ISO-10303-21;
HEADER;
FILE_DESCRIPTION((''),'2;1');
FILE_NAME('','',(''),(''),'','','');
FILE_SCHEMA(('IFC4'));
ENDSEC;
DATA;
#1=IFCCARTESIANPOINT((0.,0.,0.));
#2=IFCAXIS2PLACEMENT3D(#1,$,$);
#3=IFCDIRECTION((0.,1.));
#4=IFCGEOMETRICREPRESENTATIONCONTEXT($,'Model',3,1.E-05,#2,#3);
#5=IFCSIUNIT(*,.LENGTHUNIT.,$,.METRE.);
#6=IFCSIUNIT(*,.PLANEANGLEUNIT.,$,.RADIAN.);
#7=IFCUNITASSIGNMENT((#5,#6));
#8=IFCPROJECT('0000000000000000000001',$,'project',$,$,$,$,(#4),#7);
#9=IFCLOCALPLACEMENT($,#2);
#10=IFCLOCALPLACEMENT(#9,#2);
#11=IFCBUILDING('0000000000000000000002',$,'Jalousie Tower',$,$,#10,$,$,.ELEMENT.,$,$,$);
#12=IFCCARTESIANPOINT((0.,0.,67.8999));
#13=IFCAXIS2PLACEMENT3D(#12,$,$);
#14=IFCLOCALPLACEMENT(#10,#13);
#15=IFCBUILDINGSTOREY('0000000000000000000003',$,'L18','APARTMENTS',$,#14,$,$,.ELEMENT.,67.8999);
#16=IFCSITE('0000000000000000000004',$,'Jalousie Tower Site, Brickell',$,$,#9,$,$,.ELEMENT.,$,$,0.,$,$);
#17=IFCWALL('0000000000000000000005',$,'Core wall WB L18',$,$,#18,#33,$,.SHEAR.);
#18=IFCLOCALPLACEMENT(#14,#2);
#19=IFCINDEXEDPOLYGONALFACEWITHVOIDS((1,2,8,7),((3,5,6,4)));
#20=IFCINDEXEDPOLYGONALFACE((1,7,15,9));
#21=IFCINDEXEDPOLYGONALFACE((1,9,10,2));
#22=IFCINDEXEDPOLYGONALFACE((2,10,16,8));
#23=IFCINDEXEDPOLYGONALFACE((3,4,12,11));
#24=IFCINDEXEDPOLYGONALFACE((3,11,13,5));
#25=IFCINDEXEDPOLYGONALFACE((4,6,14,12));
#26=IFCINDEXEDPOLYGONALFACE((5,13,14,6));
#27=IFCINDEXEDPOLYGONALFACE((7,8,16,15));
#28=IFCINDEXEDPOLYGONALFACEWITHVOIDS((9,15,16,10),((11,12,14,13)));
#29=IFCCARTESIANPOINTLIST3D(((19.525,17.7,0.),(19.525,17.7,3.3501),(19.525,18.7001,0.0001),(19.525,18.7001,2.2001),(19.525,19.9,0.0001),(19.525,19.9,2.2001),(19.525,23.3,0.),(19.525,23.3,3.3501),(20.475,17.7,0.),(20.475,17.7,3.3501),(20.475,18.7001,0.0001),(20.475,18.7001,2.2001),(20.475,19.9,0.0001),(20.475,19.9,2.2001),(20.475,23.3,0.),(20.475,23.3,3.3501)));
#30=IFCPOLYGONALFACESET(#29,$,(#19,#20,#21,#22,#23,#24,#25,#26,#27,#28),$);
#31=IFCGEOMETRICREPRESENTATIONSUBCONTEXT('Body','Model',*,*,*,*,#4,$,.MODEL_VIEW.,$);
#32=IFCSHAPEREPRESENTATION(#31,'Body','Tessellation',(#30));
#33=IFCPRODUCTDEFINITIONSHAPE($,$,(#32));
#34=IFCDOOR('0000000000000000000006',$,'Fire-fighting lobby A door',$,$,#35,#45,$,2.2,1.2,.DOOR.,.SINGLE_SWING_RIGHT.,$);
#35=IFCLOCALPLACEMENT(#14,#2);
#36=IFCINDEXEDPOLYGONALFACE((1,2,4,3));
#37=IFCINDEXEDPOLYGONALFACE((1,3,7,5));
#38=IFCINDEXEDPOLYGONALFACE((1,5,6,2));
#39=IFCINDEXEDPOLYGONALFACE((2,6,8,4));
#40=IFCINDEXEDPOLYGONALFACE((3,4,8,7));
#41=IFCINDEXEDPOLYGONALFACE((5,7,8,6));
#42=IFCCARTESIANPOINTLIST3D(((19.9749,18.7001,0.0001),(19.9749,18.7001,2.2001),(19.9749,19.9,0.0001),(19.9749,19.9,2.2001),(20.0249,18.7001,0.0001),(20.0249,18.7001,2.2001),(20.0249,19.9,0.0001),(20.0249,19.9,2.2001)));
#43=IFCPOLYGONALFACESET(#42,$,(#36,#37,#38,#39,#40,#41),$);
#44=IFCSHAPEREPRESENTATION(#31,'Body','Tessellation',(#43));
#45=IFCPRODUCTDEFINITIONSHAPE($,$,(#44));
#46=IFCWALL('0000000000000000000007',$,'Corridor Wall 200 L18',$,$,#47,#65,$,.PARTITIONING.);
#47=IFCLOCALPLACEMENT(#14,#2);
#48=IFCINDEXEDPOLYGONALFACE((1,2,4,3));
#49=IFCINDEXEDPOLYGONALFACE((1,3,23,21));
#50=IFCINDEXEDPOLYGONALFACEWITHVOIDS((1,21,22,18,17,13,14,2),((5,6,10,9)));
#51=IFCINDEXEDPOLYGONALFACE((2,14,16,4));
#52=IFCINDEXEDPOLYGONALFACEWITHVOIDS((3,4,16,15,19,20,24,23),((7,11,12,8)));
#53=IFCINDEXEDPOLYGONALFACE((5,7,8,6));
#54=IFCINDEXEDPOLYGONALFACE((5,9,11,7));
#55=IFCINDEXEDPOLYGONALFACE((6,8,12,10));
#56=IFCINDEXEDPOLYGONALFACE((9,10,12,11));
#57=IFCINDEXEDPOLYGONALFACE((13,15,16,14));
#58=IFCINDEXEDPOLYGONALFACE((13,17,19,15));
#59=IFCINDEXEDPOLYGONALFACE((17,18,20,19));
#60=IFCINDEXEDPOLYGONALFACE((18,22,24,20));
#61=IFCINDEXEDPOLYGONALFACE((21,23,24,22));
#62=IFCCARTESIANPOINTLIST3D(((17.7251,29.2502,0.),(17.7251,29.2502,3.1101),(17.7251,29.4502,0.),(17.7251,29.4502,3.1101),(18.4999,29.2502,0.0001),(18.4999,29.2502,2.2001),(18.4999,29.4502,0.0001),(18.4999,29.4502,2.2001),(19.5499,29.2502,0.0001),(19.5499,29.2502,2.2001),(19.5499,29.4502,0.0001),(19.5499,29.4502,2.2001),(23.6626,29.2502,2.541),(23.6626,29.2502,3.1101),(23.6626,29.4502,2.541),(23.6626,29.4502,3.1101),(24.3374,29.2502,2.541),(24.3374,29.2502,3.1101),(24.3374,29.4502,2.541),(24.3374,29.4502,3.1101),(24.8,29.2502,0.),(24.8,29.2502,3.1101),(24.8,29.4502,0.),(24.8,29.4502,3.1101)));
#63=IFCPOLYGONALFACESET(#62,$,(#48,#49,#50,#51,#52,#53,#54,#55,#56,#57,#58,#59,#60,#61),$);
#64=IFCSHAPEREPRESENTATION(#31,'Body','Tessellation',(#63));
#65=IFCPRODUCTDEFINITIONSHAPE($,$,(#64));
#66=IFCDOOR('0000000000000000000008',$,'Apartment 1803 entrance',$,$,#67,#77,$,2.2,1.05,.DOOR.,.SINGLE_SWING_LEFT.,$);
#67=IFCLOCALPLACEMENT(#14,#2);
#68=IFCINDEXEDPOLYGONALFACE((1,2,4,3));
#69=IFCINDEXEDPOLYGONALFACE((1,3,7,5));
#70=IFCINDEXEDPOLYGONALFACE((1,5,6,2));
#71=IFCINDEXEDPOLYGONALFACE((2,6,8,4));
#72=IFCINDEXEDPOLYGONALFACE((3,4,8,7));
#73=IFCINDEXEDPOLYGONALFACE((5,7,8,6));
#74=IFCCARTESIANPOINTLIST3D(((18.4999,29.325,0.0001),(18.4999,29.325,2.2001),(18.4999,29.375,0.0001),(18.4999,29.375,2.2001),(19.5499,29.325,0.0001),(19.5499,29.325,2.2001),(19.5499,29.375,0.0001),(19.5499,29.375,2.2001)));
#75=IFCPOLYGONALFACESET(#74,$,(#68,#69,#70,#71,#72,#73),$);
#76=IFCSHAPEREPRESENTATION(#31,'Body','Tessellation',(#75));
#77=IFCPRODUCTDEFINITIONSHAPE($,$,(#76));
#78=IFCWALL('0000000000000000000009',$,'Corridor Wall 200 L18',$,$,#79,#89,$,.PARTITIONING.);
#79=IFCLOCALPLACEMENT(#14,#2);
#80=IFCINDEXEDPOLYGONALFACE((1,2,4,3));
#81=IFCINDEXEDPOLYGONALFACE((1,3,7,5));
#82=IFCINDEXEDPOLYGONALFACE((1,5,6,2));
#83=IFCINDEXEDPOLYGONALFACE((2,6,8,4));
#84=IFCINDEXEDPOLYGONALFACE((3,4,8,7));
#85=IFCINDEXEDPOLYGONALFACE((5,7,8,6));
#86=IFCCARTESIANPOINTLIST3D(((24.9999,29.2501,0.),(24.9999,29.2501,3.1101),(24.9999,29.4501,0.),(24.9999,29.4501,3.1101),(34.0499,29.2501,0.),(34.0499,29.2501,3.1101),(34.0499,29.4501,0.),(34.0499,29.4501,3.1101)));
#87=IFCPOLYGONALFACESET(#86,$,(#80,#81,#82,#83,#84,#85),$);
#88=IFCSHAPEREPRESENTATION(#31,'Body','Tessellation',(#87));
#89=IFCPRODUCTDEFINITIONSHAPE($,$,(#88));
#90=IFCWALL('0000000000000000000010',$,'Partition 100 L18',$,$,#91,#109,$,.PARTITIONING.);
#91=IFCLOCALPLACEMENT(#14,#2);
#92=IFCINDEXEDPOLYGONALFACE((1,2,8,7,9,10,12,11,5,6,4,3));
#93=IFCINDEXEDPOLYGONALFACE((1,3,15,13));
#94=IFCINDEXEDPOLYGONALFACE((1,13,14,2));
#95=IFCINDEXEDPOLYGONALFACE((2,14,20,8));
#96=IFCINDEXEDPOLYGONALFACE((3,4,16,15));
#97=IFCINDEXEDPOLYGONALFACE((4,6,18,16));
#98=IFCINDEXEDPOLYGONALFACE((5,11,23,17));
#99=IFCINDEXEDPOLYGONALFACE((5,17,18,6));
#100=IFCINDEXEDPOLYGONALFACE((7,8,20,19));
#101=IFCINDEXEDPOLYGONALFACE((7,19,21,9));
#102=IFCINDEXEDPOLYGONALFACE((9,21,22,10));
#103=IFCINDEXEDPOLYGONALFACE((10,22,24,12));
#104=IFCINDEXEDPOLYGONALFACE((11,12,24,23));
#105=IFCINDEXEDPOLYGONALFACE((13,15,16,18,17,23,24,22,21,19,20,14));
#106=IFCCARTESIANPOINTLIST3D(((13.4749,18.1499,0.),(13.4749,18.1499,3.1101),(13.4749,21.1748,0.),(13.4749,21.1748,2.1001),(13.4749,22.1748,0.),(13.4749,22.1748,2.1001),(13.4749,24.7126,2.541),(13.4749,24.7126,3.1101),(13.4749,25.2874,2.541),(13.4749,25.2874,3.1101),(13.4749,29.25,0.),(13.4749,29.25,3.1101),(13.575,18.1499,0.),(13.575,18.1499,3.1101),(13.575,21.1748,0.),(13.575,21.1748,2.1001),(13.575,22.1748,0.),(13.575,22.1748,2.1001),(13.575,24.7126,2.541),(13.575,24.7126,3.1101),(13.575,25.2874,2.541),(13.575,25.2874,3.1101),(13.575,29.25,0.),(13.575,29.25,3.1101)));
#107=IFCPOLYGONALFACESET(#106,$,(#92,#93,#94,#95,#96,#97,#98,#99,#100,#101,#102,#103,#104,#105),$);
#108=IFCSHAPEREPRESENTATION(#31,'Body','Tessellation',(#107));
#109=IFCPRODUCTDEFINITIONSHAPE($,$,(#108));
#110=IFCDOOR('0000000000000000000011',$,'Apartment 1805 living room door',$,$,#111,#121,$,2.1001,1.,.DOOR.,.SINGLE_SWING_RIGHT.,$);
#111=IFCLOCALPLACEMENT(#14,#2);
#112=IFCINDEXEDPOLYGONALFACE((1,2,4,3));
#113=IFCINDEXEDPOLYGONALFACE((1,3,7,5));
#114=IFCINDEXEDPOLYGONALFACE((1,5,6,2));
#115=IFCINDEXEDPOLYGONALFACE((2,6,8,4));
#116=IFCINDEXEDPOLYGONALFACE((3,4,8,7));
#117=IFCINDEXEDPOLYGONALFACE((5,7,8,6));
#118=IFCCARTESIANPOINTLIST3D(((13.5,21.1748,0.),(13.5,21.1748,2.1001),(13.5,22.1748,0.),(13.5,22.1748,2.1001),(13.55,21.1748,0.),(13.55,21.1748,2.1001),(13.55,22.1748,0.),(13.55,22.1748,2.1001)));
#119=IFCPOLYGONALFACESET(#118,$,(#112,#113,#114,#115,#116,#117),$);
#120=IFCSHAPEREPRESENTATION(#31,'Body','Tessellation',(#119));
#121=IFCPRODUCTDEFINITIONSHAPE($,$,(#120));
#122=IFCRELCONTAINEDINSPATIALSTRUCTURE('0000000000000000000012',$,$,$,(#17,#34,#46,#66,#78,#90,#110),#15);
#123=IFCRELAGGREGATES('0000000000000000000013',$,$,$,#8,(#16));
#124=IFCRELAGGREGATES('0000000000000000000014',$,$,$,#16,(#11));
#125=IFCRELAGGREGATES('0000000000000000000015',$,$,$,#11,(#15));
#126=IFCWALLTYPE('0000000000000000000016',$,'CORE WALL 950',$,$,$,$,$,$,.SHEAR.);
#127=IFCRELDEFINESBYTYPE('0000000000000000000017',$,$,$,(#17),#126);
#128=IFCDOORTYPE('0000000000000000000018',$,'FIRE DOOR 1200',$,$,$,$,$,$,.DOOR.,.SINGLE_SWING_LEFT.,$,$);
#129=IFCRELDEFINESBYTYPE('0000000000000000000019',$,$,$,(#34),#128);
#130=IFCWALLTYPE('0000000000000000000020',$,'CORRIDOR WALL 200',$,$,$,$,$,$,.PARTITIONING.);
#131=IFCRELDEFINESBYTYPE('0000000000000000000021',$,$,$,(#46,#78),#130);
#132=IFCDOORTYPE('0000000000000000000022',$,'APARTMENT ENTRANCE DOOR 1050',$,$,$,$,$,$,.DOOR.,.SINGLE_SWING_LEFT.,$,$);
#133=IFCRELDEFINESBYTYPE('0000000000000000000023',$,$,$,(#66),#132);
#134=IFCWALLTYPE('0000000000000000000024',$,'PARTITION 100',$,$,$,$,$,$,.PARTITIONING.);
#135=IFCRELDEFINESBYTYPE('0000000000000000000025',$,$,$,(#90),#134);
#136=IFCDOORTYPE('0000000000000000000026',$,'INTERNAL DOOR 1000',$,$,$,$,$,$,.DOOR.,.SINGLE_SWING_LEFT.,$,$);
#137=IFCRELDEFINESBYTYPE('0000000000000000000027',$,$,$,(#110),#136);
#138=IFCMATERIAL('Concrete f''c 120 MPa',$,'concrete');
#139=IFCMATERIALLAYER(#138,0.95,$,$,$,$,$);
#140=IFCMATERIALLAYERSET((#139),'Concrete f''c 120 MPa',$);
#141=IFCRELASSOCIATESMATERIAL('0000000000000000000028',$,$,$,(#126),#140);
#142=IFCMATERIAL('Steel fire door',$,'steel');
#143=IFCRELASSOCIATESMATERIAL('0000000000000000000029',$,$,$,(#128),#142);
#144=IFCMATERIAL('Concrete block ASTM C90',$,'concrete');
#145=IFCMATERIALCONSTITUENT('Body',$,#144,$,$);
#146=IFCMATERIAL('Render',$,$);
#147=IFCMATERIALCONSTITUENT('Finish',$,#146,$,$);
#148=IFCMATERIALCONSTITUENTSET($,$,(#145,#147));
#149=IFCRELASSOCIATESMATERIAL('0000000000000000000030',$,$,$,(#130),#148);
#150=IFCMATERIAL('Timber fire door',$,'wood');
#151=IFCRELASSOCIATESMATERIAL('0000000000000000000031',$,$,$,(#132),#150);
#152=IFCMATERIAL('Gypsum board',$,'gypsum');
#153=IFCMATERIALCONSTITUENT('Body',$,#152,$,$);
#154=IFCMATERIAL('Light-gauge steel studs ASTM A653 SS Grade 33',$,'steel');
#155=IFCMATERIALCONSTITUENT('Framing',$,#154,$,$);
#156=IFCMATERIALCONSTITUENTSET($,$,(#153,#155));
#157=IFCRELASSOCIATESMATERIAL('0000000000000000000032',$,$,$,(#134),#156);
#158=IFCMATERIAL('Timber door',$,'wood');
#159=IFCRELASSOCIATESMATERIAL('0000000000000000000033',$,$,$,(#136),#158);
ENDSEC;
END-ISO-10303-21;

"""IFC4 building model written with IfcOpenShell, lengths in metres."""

from ifc_helpers import new_model, si_unit, direction, frame, frame_2d, origin, place, context, subcontext, project, spatial, polyline, rectangle, outline, extrude, material, layer, layer_set, constituent, constituent_set, type_object, element, fill, save


model = new_model("IFC4")

# Units and contexts
model_context = context("Model", 3, precision=1e-05, world=origin(), true_north=direction((0.0, 1.0)))
body_context = subcontext(model_context, "Body", "Model", "MODEL_VIEW")
ifc_project = project(units=[si_unit("LENGTHUNIT", "METRE"), si_unit("PLANEANGLEUNIT", "RADIAN")], contexts=[model_context])

# Site, building, storey
site_placement = place(None, origin())
site = spatial("IfcSite", under=ifc_project, at=site_placement, Name="Jalousie Tower Site, Brickell", CompositionType="ELEMENT", RefElevation=0.0)
building_placement = place(site_placement, origin())
building = spatial("IfcBuilding", under=site, at=building_placement, Name="Jalousie Tower", CompositionType="ELEMENT")
storey_placement = place(building_placement, frame((0.0, 0.0, 67.8999)))
storey = spatial("IfcBuildingStorey", under=building, at=storey_placement, Name="L18", Description="APARTMENTS", CompositionType="ELEMENT", Elevation=67.8999)

# Shared definitions
ifc_material_1 = material(Name="Concrete f'c 120 MPa", Category="concrete")
ifc_layer_1 = layer(ifc_material_1, 0.95)
ifc_layer_set_1 = layer_set([ifc_layer_1], Name="Concrete f'c 120 MPa")
wall_type_1 = type_object("IfcWallType", Name="CORE WALL 950", PredefinedType="SHEAR", material=ifc_layer_set_1)

# Walls, openings, doors
wall_1_placement = place(storey_placement, frame((20.0, 23.3, 0.0), z_axis=(0.0, 0.0, 1.0), x_axis=(0.0, -1.0, 0.0)))
wall_1 = element("IfcWall", 1, at=wall_1_placement, inside=storey, type_object=wall_type_1, Name="Core wall WB L18", PredefinedType="SHEAR", context=body_context, shape_type="SweptSolid", body=[
    extrude(rectangle(XDim=5.6001, YDim=0.95, at=frame_2d((2.8, 0.0))), origin(), (0.0, 0.0, 1.0), 3.3501),
])
opening_1_placement = place(wall_1_placement, frame((3.3999, 0.0, 0.0)))
opening_1 = element("IfcOpeningElement", 2, at=opening_1_placement, cuts=wall_1, PredefinedType="OPENING", context=body_context, shape_type="SweptSolid", body=[
    extrude(rectangle(XDim=1.2, YDim=2.2, at=frame_2d((0.6001, 1.1001))), frame((0.0, 0.4849, 0.0), z_axis=(0.0, -1.0, 0.0), x_axis=(1.0, 0.0, 0.0)), (0.0, 0.0, 1.0), 0.97),
])
ifc_material_2 = material(Name="Steel fire door", Category="steel")
door_type_1 = type_object("IfcDoorType", Name="FIRE DOOR 1200", OperationType="SINGLE_SWING_LEFT", PredefinedType="DOOR", material=ifc_material_2)
door_1_placement = place(opening_1_placement, origin())
door_1 = element("IfcDoor", 3, at=door_1_placement, inside=storey, type_object=door_type_1, Name="Fire-fighting lobby A door", OperationType="SINGLE_SWING_RIGHT", OverallHeight=2.2, OverallWidth=1.2, PredefinedType="DOOR", context=body_context, shape_type="SweptSolid", body=[
    extrude(rectangle(XDim=1.2, YDim=2.2, at=frame_2d((0.6001, 1.1001))), frame((0.0, 0.0249, 0.0), z_axis=(0.0, -1.0, 0.0), x_axis=(1.0, 0.0, 0.0)), (0.0, 0.0, 1.0), 0.05),
])
fill(opening_1, door_1)
ifc_material_3 = material(Name="Concrete block ASTM C90", Category="concrete")
ifc_constituent_1 = constituent(ifc_material_3, Name="Body")
ifc_material_4 = material(Name="Render")
ifc_constituent_2 = constituent(ifc_material_4, Name="Finish")
ifc_constituent_set_1 = constituent_set(constituents=[ifc_constituent_1, ifc_constituent_2])
wall_type_2 = type_object("IfcWallType", Name="CORRIDOR WALL 200", PredefinedType="PARTITIONING", material=ifc_constituent_set_1)
wall_2_placement = place(storey_placement, frame((17.7251, 29.3501, 0.0), z_axis=(0.0, 0.0, 1.0), x_axis=(1.0, 0.0, 0.0)))
wall_2 = element("IfcWall", 4, at=wall_2_placement, inside=storey, type_object=wall_type_2, Name="Corridor Wall 200 L18", PredefinedType="PARTITIONING", context=body_context, shape_type="SweptSolid", body=[
    extrude(outline(polyline([(0.0, 0.0), (7.075, 0.0), (7.075, 3.1101), (6.6123, 3.1101), (6.6123, 2.541), (5.9375, 2.541), (5.9375, 3.1101), (0.0, 3.1101), (0.0, 0.0)])), frame((0.0, 0.1001, 0.0), z_axis=(0.0, -1.0, 0.0), x_axis=(1.0, 0.0, 0.0)), (0.0, 0.0, 1.0), 0.2),
])
opening_2_placement = place(wall_2_placement, frame((0.7749, 0.0, 0.0)))
opening_2 = element("IfcOpeningElement", 5, at=opening_2_placement, cuts=wall_2, PredefinedType="OPENING", context=body_context, shape_type="SweptSolid", body=[
    extrude(rectangle(XDim=1.05, YDim=2.2, at=frame_2d((0.5249, 1.1001))), frame((0.0, 0.1099, 0.0), z_axis=(0.0, -1.0, 0.0), x_axis=(1.0, 0.0, 0.0)), (0.0, 0.0, 1.0), 0.22),
])
ifc_material_5 = material(Name="Timber fire door", Category="wood")
door_type_2 = type_object("IfcDoorType", Name="APARTMENT ENTRANCE DOOR 1050", OperationType="SINGLE_SWING_LEFT", PredefinedType="DOOR", material=ifc_material_5)
door_2_placement = place(opening_2_placement, origin())
door_2 = element("IfcDoor", 6, at=door_2_placement, inside=storey, type_object=door_type_2, Name="Apartment 1803 entrance", OperationType="SINGLE_SWING_LEFT", OverallHeight=2.2, OverallWidth=1.05, PredefinedType="DOOR", context=body_context, shape_type="SweptSolid", body=[
    extrude(rectangle(XDim=1.05, YDim=2.2, at=frame_2d((0.5249, 1.1001))), frame((0.0, 0.0249, 0.0), z_axis=(0.0, -1.0, 0.0), x_axis=(1.0, 0.0, 0.0)), (0.0, 0.0, 1.0), 0.05),
])
fill(opening_2, door_2)

# Wall
wall_3_placement = place(storey_placement, frame((25.0, 29.3501, 0.0), z_axis=(0.0, 0.0, 1.0), x_axis=(1.0, 0.0, 0.0)))
element("IfcWall", 7, at=wall_3_placement, inside=storey, type_object=wall_type_2, Name="Corridor Wall 200 L18", PredefinedType="PARTITIONING", context=body_context, shape_type="SweptSolid", body=[
    extrude(rectangle(XDim=9.05, YDim=0.2, at=frame_2d((4.5249, 0.0))), origin(), (0.0, 0.0, 1.0), 3.1101),
])

# Wall, opening, door
ifc_material_6 = material(Name="Gypsum board", Category="gypsum")
ifc_constituent_3 = constituent(ifc_material_6, Name="Body")
ifc_material_7 = material(Name="Light-gauge steel studs ASTM A653 SS Grade 33", Category="steel")
ifc_constituent_4 = constituent(ifc_material_7, Name="Framing")
ifc_constituent_set_2 = constituent_set(constituents=[ifc_constituent_3, ifc_constituent_4])
wall_type_3 = type_object("IfcWallType", Name="PARTITION 100", PredefinedType="PARTITIONING", material=ifc_constituent_set_2)
wall_4_placement = place(storey_placement, frame((13.5249, 18.1499, 0.0), z_axis=(0.0, 0.0, 1.0), x_axis=(0.0, 1.0, 0.0)))
wall_4 = element("IfcWall", 8, at=wall_4_placement, inside=storey, type_object=wall_type_3, Name="Partition 100 L18", PredefinedType="PARTITIONING", context=body_context, shape_type="SweptSolid", body=[
    extrude(outline(polyline([(0.0, 0.0), (11.1001, 0.0), (11.1001, 3.1101), (7.1375, 3.1101), (7.1375, 2.541), (6.5627, 2.541), (6.5627, 3.1101), (0.0, 3.1101), (0.0, 0.0)])), frame((0.0, 0.05, 0.0), z_axis=(0.0, -1.0, 0.0), x_axis=(1.0, 0.0, 0.0)), (0.0, 0.0, 1.0), 0.1001),
])
opening_3_placement = place(wall_4_placement, frame((3.0249, 0.0, 0.0)))
opening_3 = element("IfcOpeningElement", 9, at=opening_3_placement, cuts=wall_4, PredefinedType="OPENING", context=body_context, shape_type="SweptSolid", body=[
    extrude(rectangle(XDim=1.0, YDim=2.1001, at=frame_2d((0.5, 1.05))), frame((0.0, 0.0601, 0.0), z_axis=(0.0, -1.0, 0.0), x_axis=(1.0, 0.0, 0.0)), (0.0, 0.0, 1.0), 0.1201),
])
ifc_material_8 = material(Name="Timber door", Category="wood")
door_type_3 = type_object("IfcDoorType", Name="INTERNAL DOOR 1000", OperationType="SINGLE_SWING_LEFT", PredefinedType="DOOR", material=ifc_material_8)
door_3_placement = place(opening_3_placement, origin())
door_3 = element("IfcDoor", 10, at=door_3_placement, inside=storey, type_object=door_type_3, Name="Apartment 1805 living room door", OperationType="SINGLE_SWING_RIGHT", OverallHeight=2.1001, OverallWidth=1.0, PredefinedType="DOOR", context=body_context, shape_type="SweptSolid", body=[
    extrude(rectangle(XDim=1.0, YDim=2.1001, at=frame_2d((0.5, 1.05))), frame((0.0, 0.0249, 0.0), z_axis=(0.0, -1.0, 0.0), x_axis=(1.0, 0.0, 0.0)), (0.0, 0.0, 1.0), 0.05),
])
fill(opening_3, door_3)

save(model, "model.ifc")
